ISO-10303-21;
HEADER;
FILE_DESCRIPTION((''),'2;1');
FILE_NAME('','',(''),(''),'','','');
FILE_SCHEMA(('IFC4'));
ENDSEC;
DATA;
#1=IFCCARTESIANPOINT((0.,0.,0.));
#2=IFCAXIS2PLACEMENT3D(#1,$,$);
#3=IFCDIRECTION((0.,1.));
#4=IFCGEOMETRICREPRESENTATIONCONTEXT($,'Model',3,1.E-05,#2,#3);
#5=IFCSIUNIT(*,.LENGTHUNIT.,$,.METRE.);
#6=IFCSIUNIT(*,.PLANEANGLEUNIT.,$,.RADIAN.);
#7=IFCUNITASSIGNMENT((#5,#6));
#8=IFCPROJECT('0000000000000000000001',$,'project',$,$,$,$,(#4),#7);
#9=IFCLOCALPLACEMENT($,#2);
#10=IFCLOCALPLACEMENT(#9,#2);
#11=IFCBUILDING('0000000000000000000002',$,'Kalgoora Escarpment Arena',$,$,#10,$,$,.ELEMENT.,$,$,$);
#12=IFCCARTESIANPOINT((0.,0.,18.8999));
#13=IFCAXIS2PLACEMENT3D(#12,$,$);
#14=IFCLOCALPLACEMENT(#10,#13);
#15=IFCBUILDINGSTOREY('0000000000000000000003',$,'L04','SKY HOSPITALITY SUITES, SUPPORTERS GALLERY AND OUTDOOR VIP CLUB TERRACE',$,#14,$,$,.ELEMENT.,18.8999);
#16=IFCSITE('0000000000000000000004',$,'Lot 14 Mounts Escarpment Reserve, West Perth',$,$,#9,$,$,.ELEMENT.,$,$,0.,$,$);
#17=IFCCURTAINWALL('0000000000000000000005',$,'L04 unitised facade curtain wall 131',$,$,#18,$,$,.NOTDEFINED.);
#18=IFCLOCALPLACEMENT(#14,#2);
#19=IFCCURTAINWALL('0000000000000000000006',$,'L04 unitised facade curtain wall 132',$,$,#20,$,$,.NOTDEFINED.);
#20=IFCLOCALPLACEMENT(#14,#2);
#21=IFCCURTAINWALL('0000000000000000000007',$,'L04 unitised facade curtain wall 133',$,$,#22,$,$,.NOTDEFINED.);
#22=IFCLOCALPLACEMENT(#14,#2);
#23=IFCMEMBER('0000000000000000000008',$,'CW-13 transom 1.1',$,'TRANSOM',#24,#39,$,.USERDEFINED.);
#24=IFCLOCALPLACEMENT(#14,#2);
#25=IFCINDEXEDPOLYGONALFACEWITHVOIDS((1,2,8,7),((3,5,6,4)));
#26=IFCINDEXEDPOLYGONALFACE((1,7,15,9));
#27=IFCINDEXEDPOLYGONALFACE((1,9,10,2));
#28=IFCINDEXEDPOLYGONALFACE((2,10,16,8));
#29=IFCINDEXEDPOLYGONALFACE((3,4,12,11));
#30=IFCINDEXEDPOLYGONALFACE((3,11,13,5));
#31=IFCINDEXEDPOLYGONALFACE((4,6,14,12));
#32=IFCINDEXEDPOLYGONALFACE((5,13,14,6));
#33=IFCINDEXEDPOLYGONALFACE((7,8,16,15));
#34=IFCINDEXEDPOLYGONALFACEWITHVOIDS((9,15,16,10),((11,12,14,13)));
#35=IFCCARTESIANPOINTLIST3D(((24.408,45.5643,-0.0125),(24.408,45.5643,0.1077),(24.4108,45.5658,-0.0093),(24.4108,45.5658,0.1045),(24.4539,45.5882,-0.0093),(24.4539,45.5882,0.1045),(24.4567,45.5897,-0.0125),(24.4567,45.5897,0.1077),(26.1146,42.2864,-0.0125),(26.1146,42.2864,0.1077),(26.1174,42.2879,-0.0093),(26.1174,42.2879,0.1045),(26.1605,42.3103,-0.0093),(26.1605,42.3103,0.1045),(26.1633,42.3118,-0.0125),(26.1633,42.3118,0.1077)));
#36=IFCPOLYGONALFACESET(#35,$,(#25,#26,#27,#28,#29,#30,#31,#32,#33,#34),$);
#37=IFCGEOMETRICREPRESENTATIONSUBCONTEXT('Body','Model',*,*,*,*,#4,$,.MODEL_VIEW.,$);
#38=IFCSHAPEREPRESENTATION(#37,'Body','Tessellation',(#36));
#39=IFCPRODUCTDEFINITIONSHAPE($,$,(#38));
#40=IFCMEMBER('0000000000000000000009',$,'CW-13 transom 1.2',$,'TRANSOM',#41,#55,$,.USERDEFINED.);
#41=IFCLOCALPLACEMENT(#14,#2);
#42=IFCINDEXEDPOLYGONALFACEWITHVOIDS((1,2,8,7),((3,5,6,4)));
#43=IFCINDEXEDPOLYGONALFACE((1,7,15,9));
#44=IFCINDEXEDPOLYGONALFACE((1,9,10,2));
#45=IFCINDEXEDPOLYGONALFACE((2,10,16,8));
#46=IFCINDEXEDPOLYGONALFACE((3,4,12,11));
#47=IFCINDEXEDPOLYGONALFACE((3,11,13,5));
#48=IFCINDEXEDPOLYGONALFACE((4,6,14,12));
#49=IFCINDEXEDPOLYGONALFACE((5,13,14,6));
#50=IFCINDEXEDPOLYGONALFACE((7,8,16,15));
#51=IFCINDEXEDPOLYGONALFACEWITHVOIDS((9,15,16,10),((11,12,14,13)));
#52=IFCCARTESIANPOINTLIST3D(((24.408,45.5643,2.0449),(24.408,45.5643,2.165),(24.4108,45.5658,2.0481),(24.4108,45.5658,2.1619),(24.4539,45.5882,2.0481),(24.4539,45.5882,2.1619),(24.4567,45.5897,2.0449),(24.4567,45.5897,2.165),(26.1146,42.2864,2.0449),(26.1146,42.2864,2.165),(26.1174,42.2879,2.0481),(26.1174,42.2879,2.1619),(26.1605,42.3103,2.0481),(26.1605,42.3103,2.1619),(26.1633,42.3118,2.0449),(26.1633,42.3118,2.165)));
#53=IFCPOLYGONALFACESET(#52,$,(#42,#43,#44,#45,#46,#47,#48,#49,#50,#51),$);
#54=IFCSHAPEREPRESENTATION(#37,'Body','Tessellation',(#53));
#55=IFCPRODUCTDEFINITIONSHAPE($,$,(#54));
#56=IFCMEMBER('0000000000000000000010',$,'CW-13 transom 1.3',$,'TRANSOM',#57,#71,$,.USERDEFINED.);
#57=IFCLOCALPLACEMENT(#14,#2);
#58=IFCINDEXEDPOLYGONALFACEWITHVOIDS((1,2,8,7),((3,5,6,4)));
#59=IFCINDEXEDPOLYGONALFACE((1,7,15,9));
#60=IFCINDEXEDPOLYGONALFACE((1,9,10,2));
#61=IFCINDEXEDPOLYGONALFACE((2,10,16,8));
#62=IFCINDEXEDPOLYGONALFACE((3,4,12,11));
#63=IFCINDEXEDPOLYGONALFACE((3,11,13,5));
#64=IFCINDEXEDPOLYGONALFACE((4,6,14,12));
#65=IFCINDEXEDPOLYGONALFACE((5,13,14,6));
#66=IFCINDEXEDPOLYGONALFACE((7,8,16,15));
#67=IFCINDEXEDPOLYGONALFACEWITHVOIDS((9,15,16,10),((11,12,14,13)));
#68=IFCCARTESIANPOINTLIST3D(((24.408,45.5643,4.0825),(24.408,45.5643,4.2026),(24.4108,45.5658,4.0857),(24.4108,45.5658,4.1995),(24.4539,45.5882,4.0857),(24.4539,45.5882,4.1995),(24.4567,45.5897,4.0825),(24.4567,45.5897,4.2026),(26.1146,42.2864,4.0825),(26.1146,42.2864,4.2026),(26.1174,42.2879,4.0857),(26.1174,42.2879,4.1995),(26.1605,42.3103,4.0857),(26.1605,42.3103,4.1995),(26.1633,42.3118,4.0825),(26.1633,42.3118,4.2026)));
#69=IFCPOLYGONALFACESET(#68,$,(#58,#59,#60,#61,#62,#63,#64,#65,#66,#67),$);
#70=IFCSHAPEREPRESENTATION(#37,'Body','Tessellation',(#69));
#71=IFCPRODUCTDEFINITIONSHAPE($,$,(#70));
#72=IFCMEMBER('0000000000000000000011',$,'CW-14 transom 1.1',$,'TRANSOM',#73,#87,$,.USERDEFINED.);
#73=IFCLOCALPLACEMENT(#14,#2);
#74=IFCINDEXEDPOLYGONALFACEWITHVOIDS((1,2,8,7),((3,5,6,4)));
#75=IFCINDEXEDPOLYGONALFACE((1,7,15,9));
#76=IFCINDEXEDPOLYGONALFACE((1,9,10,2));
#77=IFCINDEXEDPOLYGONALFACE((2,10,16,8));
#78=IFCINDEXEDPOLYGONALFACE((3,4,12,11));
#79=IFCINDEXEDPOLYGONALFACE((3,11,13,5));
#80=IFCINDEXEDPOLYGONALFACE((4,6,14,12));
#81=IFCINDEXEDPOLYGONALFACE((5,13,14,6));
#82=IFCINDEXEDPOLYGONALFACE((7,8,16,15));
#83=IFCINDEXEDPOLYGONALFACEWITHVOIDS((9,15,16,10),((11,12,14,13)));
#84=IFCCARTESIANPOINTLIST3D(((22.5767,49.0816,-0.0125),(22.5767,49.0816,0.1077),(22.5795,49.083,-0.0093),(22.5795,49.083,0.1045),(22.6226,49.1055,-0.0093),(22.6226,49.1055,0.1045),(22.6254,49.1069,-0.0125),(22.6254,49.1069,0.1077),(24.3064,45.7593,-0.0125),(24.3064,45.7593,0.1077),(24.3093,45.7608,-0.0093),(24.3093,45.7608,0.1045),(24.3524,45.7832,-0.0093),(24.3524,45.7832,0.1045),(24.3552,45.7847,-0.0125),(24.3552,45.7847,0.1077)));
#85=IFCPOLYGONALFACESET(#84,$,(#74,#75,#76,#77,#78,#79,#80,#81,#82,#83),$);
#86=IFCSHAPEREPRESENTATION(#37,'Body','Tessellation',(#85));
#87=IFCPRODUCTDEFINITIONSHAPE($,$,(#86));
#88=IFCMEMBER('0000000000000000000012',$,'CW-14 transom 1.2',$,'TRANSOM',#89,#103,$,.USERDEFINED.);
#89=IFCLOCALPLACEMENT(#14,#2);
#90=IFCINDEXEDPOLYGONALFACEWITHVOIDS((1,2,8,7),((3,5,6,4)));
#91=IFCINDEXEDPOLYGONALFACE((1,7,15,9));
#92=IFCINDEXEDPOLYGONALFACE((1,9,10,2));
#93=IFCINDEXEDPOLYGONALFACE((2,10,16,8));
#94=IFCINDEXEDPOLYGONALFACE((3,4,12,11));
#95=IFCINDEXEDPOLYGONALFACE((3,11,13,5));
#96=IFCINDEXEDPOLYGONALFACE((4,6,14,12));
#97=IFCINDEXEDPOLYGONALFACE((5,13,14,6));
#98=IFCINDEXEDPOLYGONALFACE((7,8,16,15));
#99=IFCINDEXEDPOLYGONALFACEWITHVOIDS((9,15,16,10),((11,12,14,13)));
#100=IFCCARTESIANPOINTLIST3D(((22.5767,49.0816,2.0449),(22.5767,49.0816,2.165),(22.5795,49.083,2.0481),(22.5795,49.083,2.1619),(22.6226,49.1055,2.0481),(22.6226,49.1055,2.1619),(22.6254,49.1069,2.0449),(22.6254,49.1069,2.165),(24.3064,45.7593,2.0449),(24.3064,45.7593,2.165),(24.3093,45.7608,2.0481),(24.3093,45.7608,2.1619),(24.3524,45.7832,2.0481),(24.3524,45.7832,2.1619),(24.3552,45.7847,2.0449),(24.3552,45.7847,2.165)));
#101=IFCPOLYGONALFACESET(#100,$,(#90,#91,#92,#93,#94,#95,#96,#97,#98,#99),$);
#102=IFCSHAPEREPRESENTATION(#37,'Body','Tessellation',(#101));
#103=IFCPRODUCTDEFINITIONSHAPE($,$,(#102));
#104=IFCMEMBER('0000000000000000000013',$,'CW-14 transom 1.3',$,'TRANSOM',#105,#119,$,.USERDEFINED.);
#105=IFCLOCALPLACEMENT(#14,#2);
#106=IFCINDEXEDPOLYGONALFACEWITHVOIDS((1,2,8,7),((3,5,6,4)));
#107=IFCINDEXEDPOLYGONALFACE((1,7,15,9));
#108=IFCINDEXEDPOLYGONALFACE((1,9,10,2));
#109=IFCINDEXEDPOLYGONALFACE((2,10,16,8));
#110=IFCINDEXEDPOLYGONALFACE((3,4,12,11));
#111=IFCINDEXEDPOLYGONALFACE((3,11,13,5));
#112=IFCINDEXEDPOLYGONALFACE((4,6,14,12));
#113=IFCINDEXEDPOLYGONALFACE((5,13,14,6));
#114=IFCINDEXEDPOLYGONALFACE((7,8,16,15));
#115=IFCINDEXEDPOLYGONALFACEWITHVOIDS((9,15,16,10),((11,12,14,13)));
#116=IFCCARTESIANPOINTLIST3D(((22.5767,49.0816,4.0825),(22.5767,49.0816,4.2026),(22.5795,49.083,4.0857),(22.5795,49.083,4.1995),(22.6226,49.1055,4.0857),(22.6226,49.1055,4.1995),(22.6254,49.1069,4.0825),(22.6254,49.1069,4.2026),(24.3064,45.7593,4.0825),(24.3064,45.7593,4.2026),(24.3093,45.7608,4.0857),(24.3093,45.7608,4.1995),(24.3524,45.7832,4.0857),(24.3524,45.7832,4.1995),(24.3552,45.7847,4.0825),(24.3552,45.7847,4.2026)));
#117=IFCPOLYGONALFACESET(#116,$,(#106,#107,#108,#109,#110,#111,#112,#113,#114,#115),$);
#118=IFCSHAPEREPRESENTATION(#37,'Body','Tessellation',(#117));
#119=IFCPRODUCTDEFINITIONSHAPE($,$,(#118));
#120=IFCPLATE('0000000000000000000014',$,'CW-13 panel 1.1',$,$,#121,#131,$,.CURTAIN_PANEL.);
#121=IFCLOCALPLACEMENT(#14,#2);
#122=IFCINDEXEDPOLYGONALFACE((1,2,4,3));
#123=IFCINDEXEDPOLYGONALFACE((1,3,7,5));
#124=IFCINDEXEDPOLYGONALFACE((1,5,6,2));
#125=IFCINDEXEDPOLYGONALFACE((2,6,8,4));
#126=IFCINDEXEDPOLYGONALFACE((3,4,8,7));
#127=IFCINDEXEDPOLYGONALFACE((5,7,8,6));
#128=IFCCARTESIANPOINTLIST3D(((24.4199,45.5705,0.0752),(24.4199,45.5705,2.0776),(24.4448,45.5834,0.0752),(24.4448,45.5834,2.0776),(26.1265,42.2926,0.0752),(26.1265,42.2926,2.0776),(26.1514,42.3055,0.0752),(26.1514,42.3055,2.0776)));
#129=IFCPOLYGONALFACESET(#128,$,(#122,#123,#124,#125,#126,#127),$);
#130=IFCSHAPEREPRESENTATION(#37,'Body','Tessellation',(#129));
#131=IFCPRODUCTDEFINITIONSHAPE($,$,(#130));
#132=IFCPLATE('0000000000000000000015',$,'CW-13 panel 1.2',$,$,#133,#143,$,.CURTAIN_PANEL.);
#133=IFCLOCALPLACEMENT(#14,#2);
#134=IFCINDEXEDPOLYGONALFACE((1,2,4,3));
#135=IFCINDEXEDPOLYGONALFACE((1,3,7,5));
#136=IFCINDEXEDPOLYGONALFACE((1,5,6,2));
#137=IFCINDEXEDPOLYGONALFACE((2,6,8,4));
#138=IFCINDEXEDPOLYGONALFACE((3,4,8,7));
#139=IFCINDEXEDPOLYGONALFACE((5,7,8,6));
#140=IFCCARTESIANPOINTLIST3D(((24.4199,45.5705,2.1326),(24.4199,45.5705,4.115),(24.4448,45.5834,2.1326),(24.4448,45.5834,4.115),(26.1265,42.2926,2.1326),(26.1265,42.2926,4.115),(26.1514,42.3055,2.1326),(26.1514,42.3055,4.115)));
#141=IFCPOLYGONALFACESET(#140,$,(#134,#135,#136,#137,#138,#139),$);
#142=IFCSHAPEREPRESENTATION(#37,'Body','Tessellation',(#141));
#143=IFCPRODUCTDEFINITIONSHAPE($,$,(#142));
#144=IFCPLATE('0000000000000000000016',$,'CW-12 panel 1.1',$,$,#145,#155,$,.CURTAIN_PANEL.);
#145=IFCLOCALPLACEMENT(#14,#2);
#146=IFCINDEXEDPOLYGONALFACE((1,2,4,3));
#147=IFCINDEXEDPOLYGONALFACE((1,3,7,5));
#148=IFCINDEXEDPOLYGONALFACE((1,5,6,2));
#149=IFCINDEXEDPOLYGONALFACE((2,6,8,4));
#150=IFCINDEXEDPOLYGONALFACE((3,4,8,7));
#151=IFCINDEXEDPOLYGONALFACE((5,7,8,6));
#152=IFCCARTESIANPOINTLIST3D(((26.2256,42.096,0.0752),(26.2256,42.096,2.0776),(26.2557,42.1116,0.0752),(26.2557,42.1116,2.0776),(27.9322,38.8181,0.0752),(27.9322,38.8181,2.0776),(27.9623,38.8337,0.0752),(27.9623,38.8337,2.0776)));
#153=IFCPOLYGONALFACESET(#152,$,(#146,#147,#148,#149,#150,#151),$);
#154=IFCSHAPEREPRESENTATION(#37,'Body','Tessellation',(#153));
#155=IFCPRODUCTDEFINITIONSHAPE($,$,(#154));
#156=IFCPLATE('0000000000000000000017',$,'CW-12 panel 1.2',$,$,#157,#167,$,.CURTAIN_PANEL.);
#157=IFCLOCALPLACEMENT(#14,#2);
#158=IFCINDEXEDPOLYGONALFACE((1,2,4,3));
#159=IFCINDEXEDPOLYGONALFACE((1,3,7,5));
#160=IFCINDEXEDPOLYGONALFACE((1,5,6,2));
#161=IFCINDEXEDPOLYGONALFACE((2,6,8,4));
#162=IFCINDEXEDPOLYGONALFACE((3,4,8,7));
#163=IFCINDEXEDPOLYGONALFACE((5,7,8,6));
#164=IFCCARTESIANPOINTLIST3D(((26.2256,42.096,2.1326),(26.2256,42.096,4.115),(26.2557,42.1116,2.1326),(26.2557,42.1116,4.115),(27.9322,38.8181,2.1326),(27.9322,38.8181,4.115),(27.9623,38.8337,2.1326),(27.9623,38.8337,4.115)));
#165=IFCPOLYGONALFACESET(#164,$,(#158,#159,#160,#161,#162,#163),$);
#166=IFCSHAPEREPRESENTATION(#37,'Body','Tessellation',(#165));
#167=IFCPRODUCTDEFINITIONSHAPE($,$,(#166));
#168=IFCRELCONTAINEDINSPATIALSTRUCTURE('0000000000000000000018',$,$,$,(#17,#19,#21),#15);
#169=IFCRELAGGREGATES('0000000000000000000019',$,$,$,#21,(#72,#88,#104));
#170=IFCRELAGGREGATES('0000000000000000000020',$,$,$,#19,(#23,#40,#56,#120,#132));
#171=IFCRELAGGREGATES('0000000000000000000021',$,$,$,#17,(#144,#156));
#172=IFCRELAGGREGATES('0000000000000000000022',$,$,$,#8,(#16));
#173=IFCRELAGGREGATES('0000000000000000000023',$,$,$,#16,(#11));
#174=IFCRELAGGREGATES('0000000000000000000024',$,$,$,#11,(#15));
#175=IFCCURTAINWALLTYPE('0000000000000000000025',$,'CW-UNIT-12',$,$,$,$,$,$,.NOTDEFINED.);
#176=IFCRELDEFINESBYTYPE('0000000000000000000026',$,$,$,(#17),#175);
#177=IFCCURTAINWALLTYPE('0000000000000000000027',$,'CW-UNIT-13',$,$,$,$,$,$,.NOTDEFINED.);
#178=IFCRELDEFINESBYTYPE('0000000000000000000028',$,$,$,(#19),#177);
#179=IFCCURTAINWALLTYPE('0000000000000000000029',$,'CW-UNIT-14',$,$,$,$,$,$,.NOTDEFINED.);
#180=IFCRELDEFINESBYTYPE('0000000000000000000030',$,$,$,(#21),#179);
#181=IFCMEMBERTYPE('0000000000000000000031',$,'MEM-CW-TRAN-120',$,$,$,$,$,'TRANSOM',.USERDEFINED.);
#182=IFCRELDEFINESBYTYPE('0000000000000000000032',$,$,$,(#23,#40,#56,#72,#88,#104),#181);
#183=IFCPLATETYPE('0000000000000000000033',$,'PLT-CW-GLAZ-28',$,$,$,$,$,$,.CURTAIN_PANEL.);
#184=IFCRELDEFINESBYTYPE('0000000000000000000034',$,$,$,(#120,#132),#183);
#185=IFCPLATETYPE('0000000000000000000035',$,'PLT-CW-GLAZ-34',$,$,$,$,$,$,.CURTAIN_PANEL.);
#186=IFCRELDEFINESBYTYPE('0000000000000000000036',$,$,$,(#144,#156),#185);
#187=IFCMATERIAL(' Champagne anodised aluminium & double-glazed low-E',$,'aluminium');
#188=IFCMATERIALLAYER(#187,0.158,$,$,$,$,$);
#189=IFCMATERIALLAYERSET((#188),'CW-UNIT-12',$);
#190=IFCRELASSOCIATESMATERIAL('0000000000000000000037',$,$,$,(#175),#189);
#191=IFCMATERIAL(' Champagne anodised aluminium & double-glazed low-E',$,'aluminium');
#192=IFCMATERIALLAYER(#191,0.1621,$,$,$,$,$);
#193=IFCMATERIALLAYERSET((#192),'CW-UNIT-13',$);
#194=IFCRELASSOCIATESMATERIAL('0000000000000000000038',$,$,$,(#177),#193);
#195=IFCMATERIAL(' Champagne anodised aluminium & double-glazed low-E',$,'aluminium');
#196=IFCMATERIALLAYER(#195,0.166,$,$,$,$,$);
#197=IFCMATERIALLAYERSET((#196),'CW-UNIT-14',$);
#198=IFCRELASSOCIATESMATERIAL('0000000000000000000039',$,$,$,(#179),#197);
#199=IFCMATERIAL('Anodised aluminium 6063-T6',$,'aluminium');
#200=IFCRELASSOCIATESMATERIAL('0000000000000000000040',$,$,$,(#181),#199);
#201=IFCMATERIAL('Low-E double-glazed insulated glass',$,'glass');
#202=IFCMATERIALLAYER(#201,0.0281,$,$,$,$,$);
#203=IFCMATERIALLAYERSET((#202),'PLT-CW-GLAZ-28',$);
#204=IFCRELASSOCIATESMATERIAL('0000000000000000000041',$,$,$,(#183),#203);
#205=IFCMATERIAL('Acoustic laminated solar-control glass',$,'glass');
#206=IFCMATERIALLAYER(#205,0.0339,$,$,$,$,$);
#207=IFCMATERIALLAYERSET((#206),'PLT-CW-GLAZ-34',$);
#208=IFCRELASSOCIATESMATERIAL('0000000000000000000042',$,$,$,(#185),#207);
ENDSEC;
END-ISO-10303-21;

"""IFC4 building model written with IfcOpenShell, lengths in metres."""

from ifc_helpers import new_model, si_unit, direction, frame, origin, origin_2d, place, context, subcontext, project, spatial, rectangle, hollow_rectangle, extrude, material, layer, layer_set, material_profile, profile_set, type_object, element, aggregate, save


model = new_model("IFC4")

# Units and contexts
model_context = context("Model", 3, precision=1e-05, world=origin(), true_north=direction((0.0, 1.0)))
body_context = subcontext(model_context, "Body", "Model", "MODEL_VIEW")
ifc_project = project(units=[si_unit("LENGTHUNIT", "METRE"), si_unit("PLANEANGLEUNIT", "RADIAN")], contexts=[model_context])

# Site, building, storey
site_placement = place(None, origin())
site = spatial("IfcSite", under=ifc_project, at=site_placement, Name="Lot 14 Mounts Escarpment Reserve, West Perth", CompositionType="ELEMENT", RefElevation=0.0)
building_placement = place(site_placement, origin())
building = spatial("IfcBuilding", under=site, at=building_placement, Name="Kalgoora Escarpment Arena", CompositionType="ELEMENT")
storey_placement = place(building_placement, frame((0.0, 0.0, 18.8999)))
storey = spatial("IfcBuildingStorey", under=building, at=storey_placement, Name="L04", Description="SKY HOSPITALITY SUITES, SUPPORTERS GALLERY AND OUTDOOR VIP CLUB TERRACE", CompositionType="ELEMENT", Elevation=18.8999)

# Curtain walls
ifc_material_1 = material(Name=" Champagne anodised aluminium & double-glazed low-E", Category="aluminium")
ifc_layer_1 = layer(ifc_material_1, 0.158)
ifc_layer_set_1 = layer_set([ifc_layer_1], Name="CW-UNIT-12")
curtain_wall_type_1 = type_object("IfcCurtainWallType", Name="CW-UNIT-12", PredefinedType="NOTDEFINED", material=ifc_layer_set_1)
curtain_wall_1_placement = place(storey_placement, origin())
curtain_wall_1 = element("IfcCurtainWall", 1, at=curtain_wall_1_placement, inside=storey, type_object=curtain_wall_type_1, Name="L04 unitised facade curtain wall 131", PredefinedType="NOTDEFINED")
ifc_material_2 = material(Name=" Champagne anodised aluminium & double-glazed low-E", Category="aluminium")
ifc_layer_2 = layer(ifc_material_2, 0.1621)
ifc_layer_set_2 = layer_set([ifc_layer_2], Name="CW-UNIT-13")
curtain_wall_type_2 = type_object("IfcCurtainWallType", Name="CW-UNIT-13", PredefinedType="NOTDEFINED", material=ifc_layer_set_2)
curtain_wall_2_placement = place(storey_placement, origin())
curtain_wall_2 = element("IfcCurtainWall", 2, at=curtain_wall_2_placement, inside=storey, type_object=curtain_wall_type_2, Name="L04 unitised facade curtain wall 132", PredefinedType="NOTDEFINED")

# Curtain wall
ifc_material_3 = material(Name=" Champagne anodised aluminium & double-glazed low-E", Category="aluminium")
ifc_layer_3 = layer(ifc_material_3, 0.166)
ifc_layer_set_3 = layer_set([ifc_layer_3], Name="CW-UNIT-14")
curtain_wall_type_3 = type_object("IfcCurtainWallType", Name="CW-UNIT-14", PredefinedType="NOTDEFINED", material=ifc_layer_set_3)
curtain_wall_3_placement = place(storey_placement, origin())
curtain_wall_3 = element("IfcCurtainWall", 3, at=curtain_wall_3_placement, inside=storey, type_object=curtain_wall_type_3, Name="L04 unitised facade curtain wall 133", PredefinedType="NOTDEFINED")

# Members
ifc_material_4 = material(Name="Anodised aluminium 6063-T6", Category="aluminium")
ifc_material_profile_1 = material_profile(ifc_material_4, hollow_rectangle(XDim=0.0549, YDim=0.1201, WallThickness=0.0032, at=origin_2d()))
ifc_profile_set_1 = profile_set([ifc_material_profile_1], Name="Anodised aluminium 6063-T6")
member_type_1 = type_object("IfcMemberType", Name="MEM-CW-TRAN-120", ElementType="TRANSOM", PredefinedType="USERDEFINED", material=ifc_profile_set_1)
member_1_placement = place(storey_placement, frame((26.1389, 42.2991, 0.0476), z_axis=(-0.461794, 0.886987, 0.0), x_axis=(-0.886987, -0.461794, 0.0)))
member_1 = element("IfcMember", 4, at=member_1_placement, type_object=member_type_1, Name="CW-13 transom 1.1", ObjectType="TRANSOM", PredefinedType="USERDEFINED", context=body_context, shape_type="SweptSolid", body=[
    extrude(hollow_rectangle(XDim=0.0549, YDim=0.1201, WallThickness=0.0032, at=origin_2d()), origin(), (0.0, 0.0, 1.0), 3.6956),
])
member_2_placement = place(storey_placement, frame((26.1389, 42.2991, 2.105), z_axis=(-0.461794, 0.886987, 0.0), x_axis=(-0.886987, -0.461794, 0.0)))
member_2 = element("IfcMember", 5, at=member_2_placement, type_object=member_type_1, Name="CW-13 transom 1.2", ObjectType="TRANSOM", PredefinedType="USERDEFINED", context=body_context, shape_type="SweptSolid", body=[
    extrude(hollow_rectangle(XDim=0.0549, YDim=0.1201, WallThickness=0.0032, at=origin_2d()), origin(), (0.0, 0.0, 1.0), 3.6956),
])
member_3_placement = place(storey_placement, frame((26.1389, 42.2991, 4.1426), z_axis=(-0.461794, 0.886987, 0.0), x_axis=(-0.886987, -0.461794, 0.0)))
member_3 = element("IfcMember", 6, at=member_3_placement, type_object=member_type_1, Name="CW-13 transom 1.3", ObjectType="TRANSOM", PredefinedType="USERDEFINED", context=body_context, shape_type="SweptSolid", body=[
    extrude(hollow_rectangle(XDim=0.0549, YDim=0.1201, WallThickness=0.0032, at=origin_2d()), origin(), (0.0, 0.0, 1.0), 3.6956),
])
member_4_placement = place(storey_placement, frame((24.3308, 45.772, 0.0476), z_axis=(-0.461806, 0.886981, 0.0), x_axis=(-0.886981, -0.461806, 0.0)))
member_4 = element("IfcMember", 7, at=member_4_placement, type_object=member_type_1, Name="CW-14 transom 1.1", ObjectType="TRANSOM", PredefinedType="USERDEFINED", context=body_context, shape_type="SweptSolid", body=[
    extrude(hollow_rectangle(XDim=0.0549, YDim=0.1201, WallThickness=0.0032, at=origin_2d()), origin(), (0.0, 0.0, 1.0), 3.7456),
])
member_5_placement = place(storey_placement, frame((24.3308, 45.772, 2.105), z_axis=(-0.461806, 0.886981, 0.0), x_axis=(-0.886981, -0.461806, 0.0)))
member_5 = element("IfcMember", 8, at=member_5_placement, type_object=member_type_1, Name="CW-14 transom 1.2", ObjectType="TRANSOM", PredefinedType="USERDEFINED", context=body_context, shape_type="SweptSolid", body=[
    extrude(hollow_rectangle(XDim=0.0549, YDim=0.1201, WallThickness=0.0032, at=origin_2d()), origin(), (0.0, 0.0, 1.0), 3.7456),
])
member_6_placement = place(storey_placement, frame((24.3308, 45.772, 4.1426), z_axis=(-0.461806, 0.886981, 0.0), x_axis=(-0.886981, -0.461806, 0.0)))
member_6 = element("IfcMember", 9, at=member_6_placement, type_object=member_type_1, Name="CW-14 transom 1.3", ObjectType="TRANSOM", PredefinedType="USERDEFINED", context=body_context, shape_type="SweptSolid", body=[
    extrude(hollow_rectangle(XDim=0.0549, YDim=0.1201, WallThickness=0.0032, at=origin_2d()), origin(), (0.0, 0.0, 1.0), 3.7456),
])
aggregate(curtain_wall_3, [member_4, member_5, member_6])

# Plates
ifc_material_5 = material(Name="Low-E double-glazed insulated glass", Category="glass")
ifc_layer_4 = layer(ifc_material_5, 0.0281)
ifc_layer_set_4 = layer_set([ifc_layer_4], Name="PLT-CW-GLAZ-28")
plate_type_1 = type_object("IfcPlateType", Name="PLT-CW-GLAZ-28", PredefinedType="CURTAIN_PANEL", material=ifc_layer_set_4)
plate_1_placement = place(storey_placement, frame((25.2856, 43.938, 0.0752), z_axis=(0.0, 0.0, 1.0), x_axis=(-0.461799, 0.886985, 0.0)))
plate_1 = element("IfcPlate", 10, at=plate_1_placement, type_object=plate_type_1, Name="CW-13 panel 1.1", PredefinedType="CURTAIN_PANEL", context=body_context, shape_type="SweptSolid", body=[
    extrude(rectangle(XDim=3.6956, YDim=0.0281, at=origin_2d()), origin(), (0.0, 0.0, 1.0), 2.0024),
])
plate_2_placement = place(storey_placement, frame((25.2856, 43.938, 2.1326), z_axis=(0.0, 0.0, 1.0), x_axis=(-0.461799, 0.886985, 0.0)))
plate_2 = element("IfcPlate", 11, at=plate_2_placement, type_object=plate_type_1, Name="CW-13 panel 1.2", PredefinedType="CURTAIN_PANEL", context=body_context, shape_type="SweptSolid", body=[
    extrude(rectangle(XDim=3.6956, YDim=0.0281, at=origin_2d()), origin(), (0.0, 0.0, 1.0), 1.9824),
])
aggregate(curtain_wall_2, [member_1, member_2, member_3, plate_1, plate_2])
ifc_material_6 = material(Name="Acoustic laminated solar-control glass", Category="glass")
ifc_layer_5 = layer(ifc_material_6, 0.0339)
ifc_layer_set_5 = layer_set([ifc_layer_5], Name="PLT-CW-GLAZ-34")
plate_type_2 = type_object("IfcPlateType", Name="PLT-CW-GLAZ-34", PredefinedType="CURTAIN_PANEL", material=ifc_layer_set_5)
plate_3_placement = place(storey_placement, frame((27.094, 40.4648, 0.0752), z_axis=(0.0, 0.0, 1.0), x_axis=(-0.461799, 0.886985, 0.0)))
plate_3 = element("IfcPlate", 12, at=plate_3_placement, type_object=plate_type_2, Name="CW-12 panel 1.1", PredefinedType="CURTAIN_PANEL", context=body_context, shape_type="SweptSolid", body=[
    extrude(rectangle(XDim=3.6956, YDim=0.0339, at=origin_2d()), origin(), (0.0, 0.0, 1.0), 2.0024),
])
plate_4_placement = place(storey_placement, frame((27.094, 40.4648, 2.1326), z_axis=(0.0, 0.0, 1.0), x_axis=(-0.461799, 0.886985, 0.0)))
plate_4 = element("IfcPlate", 13, at=plate_4_placement, type_object=plate_type_2, Name="CW-12 panel 1.2", PredefinedType="CURTAIN_PANEL", context=body_context, shape_type="SweptSolid", body=[
    extrude(rectangle(XDim=3.6956, YDim=0.0339, at=origin_2d()), origin(), (0.0, 0.0, 1.0), 1.9824),
])
aggregate(curtain_wall_1, [plate_3, plate_4])

save(model, "model.ifc")
